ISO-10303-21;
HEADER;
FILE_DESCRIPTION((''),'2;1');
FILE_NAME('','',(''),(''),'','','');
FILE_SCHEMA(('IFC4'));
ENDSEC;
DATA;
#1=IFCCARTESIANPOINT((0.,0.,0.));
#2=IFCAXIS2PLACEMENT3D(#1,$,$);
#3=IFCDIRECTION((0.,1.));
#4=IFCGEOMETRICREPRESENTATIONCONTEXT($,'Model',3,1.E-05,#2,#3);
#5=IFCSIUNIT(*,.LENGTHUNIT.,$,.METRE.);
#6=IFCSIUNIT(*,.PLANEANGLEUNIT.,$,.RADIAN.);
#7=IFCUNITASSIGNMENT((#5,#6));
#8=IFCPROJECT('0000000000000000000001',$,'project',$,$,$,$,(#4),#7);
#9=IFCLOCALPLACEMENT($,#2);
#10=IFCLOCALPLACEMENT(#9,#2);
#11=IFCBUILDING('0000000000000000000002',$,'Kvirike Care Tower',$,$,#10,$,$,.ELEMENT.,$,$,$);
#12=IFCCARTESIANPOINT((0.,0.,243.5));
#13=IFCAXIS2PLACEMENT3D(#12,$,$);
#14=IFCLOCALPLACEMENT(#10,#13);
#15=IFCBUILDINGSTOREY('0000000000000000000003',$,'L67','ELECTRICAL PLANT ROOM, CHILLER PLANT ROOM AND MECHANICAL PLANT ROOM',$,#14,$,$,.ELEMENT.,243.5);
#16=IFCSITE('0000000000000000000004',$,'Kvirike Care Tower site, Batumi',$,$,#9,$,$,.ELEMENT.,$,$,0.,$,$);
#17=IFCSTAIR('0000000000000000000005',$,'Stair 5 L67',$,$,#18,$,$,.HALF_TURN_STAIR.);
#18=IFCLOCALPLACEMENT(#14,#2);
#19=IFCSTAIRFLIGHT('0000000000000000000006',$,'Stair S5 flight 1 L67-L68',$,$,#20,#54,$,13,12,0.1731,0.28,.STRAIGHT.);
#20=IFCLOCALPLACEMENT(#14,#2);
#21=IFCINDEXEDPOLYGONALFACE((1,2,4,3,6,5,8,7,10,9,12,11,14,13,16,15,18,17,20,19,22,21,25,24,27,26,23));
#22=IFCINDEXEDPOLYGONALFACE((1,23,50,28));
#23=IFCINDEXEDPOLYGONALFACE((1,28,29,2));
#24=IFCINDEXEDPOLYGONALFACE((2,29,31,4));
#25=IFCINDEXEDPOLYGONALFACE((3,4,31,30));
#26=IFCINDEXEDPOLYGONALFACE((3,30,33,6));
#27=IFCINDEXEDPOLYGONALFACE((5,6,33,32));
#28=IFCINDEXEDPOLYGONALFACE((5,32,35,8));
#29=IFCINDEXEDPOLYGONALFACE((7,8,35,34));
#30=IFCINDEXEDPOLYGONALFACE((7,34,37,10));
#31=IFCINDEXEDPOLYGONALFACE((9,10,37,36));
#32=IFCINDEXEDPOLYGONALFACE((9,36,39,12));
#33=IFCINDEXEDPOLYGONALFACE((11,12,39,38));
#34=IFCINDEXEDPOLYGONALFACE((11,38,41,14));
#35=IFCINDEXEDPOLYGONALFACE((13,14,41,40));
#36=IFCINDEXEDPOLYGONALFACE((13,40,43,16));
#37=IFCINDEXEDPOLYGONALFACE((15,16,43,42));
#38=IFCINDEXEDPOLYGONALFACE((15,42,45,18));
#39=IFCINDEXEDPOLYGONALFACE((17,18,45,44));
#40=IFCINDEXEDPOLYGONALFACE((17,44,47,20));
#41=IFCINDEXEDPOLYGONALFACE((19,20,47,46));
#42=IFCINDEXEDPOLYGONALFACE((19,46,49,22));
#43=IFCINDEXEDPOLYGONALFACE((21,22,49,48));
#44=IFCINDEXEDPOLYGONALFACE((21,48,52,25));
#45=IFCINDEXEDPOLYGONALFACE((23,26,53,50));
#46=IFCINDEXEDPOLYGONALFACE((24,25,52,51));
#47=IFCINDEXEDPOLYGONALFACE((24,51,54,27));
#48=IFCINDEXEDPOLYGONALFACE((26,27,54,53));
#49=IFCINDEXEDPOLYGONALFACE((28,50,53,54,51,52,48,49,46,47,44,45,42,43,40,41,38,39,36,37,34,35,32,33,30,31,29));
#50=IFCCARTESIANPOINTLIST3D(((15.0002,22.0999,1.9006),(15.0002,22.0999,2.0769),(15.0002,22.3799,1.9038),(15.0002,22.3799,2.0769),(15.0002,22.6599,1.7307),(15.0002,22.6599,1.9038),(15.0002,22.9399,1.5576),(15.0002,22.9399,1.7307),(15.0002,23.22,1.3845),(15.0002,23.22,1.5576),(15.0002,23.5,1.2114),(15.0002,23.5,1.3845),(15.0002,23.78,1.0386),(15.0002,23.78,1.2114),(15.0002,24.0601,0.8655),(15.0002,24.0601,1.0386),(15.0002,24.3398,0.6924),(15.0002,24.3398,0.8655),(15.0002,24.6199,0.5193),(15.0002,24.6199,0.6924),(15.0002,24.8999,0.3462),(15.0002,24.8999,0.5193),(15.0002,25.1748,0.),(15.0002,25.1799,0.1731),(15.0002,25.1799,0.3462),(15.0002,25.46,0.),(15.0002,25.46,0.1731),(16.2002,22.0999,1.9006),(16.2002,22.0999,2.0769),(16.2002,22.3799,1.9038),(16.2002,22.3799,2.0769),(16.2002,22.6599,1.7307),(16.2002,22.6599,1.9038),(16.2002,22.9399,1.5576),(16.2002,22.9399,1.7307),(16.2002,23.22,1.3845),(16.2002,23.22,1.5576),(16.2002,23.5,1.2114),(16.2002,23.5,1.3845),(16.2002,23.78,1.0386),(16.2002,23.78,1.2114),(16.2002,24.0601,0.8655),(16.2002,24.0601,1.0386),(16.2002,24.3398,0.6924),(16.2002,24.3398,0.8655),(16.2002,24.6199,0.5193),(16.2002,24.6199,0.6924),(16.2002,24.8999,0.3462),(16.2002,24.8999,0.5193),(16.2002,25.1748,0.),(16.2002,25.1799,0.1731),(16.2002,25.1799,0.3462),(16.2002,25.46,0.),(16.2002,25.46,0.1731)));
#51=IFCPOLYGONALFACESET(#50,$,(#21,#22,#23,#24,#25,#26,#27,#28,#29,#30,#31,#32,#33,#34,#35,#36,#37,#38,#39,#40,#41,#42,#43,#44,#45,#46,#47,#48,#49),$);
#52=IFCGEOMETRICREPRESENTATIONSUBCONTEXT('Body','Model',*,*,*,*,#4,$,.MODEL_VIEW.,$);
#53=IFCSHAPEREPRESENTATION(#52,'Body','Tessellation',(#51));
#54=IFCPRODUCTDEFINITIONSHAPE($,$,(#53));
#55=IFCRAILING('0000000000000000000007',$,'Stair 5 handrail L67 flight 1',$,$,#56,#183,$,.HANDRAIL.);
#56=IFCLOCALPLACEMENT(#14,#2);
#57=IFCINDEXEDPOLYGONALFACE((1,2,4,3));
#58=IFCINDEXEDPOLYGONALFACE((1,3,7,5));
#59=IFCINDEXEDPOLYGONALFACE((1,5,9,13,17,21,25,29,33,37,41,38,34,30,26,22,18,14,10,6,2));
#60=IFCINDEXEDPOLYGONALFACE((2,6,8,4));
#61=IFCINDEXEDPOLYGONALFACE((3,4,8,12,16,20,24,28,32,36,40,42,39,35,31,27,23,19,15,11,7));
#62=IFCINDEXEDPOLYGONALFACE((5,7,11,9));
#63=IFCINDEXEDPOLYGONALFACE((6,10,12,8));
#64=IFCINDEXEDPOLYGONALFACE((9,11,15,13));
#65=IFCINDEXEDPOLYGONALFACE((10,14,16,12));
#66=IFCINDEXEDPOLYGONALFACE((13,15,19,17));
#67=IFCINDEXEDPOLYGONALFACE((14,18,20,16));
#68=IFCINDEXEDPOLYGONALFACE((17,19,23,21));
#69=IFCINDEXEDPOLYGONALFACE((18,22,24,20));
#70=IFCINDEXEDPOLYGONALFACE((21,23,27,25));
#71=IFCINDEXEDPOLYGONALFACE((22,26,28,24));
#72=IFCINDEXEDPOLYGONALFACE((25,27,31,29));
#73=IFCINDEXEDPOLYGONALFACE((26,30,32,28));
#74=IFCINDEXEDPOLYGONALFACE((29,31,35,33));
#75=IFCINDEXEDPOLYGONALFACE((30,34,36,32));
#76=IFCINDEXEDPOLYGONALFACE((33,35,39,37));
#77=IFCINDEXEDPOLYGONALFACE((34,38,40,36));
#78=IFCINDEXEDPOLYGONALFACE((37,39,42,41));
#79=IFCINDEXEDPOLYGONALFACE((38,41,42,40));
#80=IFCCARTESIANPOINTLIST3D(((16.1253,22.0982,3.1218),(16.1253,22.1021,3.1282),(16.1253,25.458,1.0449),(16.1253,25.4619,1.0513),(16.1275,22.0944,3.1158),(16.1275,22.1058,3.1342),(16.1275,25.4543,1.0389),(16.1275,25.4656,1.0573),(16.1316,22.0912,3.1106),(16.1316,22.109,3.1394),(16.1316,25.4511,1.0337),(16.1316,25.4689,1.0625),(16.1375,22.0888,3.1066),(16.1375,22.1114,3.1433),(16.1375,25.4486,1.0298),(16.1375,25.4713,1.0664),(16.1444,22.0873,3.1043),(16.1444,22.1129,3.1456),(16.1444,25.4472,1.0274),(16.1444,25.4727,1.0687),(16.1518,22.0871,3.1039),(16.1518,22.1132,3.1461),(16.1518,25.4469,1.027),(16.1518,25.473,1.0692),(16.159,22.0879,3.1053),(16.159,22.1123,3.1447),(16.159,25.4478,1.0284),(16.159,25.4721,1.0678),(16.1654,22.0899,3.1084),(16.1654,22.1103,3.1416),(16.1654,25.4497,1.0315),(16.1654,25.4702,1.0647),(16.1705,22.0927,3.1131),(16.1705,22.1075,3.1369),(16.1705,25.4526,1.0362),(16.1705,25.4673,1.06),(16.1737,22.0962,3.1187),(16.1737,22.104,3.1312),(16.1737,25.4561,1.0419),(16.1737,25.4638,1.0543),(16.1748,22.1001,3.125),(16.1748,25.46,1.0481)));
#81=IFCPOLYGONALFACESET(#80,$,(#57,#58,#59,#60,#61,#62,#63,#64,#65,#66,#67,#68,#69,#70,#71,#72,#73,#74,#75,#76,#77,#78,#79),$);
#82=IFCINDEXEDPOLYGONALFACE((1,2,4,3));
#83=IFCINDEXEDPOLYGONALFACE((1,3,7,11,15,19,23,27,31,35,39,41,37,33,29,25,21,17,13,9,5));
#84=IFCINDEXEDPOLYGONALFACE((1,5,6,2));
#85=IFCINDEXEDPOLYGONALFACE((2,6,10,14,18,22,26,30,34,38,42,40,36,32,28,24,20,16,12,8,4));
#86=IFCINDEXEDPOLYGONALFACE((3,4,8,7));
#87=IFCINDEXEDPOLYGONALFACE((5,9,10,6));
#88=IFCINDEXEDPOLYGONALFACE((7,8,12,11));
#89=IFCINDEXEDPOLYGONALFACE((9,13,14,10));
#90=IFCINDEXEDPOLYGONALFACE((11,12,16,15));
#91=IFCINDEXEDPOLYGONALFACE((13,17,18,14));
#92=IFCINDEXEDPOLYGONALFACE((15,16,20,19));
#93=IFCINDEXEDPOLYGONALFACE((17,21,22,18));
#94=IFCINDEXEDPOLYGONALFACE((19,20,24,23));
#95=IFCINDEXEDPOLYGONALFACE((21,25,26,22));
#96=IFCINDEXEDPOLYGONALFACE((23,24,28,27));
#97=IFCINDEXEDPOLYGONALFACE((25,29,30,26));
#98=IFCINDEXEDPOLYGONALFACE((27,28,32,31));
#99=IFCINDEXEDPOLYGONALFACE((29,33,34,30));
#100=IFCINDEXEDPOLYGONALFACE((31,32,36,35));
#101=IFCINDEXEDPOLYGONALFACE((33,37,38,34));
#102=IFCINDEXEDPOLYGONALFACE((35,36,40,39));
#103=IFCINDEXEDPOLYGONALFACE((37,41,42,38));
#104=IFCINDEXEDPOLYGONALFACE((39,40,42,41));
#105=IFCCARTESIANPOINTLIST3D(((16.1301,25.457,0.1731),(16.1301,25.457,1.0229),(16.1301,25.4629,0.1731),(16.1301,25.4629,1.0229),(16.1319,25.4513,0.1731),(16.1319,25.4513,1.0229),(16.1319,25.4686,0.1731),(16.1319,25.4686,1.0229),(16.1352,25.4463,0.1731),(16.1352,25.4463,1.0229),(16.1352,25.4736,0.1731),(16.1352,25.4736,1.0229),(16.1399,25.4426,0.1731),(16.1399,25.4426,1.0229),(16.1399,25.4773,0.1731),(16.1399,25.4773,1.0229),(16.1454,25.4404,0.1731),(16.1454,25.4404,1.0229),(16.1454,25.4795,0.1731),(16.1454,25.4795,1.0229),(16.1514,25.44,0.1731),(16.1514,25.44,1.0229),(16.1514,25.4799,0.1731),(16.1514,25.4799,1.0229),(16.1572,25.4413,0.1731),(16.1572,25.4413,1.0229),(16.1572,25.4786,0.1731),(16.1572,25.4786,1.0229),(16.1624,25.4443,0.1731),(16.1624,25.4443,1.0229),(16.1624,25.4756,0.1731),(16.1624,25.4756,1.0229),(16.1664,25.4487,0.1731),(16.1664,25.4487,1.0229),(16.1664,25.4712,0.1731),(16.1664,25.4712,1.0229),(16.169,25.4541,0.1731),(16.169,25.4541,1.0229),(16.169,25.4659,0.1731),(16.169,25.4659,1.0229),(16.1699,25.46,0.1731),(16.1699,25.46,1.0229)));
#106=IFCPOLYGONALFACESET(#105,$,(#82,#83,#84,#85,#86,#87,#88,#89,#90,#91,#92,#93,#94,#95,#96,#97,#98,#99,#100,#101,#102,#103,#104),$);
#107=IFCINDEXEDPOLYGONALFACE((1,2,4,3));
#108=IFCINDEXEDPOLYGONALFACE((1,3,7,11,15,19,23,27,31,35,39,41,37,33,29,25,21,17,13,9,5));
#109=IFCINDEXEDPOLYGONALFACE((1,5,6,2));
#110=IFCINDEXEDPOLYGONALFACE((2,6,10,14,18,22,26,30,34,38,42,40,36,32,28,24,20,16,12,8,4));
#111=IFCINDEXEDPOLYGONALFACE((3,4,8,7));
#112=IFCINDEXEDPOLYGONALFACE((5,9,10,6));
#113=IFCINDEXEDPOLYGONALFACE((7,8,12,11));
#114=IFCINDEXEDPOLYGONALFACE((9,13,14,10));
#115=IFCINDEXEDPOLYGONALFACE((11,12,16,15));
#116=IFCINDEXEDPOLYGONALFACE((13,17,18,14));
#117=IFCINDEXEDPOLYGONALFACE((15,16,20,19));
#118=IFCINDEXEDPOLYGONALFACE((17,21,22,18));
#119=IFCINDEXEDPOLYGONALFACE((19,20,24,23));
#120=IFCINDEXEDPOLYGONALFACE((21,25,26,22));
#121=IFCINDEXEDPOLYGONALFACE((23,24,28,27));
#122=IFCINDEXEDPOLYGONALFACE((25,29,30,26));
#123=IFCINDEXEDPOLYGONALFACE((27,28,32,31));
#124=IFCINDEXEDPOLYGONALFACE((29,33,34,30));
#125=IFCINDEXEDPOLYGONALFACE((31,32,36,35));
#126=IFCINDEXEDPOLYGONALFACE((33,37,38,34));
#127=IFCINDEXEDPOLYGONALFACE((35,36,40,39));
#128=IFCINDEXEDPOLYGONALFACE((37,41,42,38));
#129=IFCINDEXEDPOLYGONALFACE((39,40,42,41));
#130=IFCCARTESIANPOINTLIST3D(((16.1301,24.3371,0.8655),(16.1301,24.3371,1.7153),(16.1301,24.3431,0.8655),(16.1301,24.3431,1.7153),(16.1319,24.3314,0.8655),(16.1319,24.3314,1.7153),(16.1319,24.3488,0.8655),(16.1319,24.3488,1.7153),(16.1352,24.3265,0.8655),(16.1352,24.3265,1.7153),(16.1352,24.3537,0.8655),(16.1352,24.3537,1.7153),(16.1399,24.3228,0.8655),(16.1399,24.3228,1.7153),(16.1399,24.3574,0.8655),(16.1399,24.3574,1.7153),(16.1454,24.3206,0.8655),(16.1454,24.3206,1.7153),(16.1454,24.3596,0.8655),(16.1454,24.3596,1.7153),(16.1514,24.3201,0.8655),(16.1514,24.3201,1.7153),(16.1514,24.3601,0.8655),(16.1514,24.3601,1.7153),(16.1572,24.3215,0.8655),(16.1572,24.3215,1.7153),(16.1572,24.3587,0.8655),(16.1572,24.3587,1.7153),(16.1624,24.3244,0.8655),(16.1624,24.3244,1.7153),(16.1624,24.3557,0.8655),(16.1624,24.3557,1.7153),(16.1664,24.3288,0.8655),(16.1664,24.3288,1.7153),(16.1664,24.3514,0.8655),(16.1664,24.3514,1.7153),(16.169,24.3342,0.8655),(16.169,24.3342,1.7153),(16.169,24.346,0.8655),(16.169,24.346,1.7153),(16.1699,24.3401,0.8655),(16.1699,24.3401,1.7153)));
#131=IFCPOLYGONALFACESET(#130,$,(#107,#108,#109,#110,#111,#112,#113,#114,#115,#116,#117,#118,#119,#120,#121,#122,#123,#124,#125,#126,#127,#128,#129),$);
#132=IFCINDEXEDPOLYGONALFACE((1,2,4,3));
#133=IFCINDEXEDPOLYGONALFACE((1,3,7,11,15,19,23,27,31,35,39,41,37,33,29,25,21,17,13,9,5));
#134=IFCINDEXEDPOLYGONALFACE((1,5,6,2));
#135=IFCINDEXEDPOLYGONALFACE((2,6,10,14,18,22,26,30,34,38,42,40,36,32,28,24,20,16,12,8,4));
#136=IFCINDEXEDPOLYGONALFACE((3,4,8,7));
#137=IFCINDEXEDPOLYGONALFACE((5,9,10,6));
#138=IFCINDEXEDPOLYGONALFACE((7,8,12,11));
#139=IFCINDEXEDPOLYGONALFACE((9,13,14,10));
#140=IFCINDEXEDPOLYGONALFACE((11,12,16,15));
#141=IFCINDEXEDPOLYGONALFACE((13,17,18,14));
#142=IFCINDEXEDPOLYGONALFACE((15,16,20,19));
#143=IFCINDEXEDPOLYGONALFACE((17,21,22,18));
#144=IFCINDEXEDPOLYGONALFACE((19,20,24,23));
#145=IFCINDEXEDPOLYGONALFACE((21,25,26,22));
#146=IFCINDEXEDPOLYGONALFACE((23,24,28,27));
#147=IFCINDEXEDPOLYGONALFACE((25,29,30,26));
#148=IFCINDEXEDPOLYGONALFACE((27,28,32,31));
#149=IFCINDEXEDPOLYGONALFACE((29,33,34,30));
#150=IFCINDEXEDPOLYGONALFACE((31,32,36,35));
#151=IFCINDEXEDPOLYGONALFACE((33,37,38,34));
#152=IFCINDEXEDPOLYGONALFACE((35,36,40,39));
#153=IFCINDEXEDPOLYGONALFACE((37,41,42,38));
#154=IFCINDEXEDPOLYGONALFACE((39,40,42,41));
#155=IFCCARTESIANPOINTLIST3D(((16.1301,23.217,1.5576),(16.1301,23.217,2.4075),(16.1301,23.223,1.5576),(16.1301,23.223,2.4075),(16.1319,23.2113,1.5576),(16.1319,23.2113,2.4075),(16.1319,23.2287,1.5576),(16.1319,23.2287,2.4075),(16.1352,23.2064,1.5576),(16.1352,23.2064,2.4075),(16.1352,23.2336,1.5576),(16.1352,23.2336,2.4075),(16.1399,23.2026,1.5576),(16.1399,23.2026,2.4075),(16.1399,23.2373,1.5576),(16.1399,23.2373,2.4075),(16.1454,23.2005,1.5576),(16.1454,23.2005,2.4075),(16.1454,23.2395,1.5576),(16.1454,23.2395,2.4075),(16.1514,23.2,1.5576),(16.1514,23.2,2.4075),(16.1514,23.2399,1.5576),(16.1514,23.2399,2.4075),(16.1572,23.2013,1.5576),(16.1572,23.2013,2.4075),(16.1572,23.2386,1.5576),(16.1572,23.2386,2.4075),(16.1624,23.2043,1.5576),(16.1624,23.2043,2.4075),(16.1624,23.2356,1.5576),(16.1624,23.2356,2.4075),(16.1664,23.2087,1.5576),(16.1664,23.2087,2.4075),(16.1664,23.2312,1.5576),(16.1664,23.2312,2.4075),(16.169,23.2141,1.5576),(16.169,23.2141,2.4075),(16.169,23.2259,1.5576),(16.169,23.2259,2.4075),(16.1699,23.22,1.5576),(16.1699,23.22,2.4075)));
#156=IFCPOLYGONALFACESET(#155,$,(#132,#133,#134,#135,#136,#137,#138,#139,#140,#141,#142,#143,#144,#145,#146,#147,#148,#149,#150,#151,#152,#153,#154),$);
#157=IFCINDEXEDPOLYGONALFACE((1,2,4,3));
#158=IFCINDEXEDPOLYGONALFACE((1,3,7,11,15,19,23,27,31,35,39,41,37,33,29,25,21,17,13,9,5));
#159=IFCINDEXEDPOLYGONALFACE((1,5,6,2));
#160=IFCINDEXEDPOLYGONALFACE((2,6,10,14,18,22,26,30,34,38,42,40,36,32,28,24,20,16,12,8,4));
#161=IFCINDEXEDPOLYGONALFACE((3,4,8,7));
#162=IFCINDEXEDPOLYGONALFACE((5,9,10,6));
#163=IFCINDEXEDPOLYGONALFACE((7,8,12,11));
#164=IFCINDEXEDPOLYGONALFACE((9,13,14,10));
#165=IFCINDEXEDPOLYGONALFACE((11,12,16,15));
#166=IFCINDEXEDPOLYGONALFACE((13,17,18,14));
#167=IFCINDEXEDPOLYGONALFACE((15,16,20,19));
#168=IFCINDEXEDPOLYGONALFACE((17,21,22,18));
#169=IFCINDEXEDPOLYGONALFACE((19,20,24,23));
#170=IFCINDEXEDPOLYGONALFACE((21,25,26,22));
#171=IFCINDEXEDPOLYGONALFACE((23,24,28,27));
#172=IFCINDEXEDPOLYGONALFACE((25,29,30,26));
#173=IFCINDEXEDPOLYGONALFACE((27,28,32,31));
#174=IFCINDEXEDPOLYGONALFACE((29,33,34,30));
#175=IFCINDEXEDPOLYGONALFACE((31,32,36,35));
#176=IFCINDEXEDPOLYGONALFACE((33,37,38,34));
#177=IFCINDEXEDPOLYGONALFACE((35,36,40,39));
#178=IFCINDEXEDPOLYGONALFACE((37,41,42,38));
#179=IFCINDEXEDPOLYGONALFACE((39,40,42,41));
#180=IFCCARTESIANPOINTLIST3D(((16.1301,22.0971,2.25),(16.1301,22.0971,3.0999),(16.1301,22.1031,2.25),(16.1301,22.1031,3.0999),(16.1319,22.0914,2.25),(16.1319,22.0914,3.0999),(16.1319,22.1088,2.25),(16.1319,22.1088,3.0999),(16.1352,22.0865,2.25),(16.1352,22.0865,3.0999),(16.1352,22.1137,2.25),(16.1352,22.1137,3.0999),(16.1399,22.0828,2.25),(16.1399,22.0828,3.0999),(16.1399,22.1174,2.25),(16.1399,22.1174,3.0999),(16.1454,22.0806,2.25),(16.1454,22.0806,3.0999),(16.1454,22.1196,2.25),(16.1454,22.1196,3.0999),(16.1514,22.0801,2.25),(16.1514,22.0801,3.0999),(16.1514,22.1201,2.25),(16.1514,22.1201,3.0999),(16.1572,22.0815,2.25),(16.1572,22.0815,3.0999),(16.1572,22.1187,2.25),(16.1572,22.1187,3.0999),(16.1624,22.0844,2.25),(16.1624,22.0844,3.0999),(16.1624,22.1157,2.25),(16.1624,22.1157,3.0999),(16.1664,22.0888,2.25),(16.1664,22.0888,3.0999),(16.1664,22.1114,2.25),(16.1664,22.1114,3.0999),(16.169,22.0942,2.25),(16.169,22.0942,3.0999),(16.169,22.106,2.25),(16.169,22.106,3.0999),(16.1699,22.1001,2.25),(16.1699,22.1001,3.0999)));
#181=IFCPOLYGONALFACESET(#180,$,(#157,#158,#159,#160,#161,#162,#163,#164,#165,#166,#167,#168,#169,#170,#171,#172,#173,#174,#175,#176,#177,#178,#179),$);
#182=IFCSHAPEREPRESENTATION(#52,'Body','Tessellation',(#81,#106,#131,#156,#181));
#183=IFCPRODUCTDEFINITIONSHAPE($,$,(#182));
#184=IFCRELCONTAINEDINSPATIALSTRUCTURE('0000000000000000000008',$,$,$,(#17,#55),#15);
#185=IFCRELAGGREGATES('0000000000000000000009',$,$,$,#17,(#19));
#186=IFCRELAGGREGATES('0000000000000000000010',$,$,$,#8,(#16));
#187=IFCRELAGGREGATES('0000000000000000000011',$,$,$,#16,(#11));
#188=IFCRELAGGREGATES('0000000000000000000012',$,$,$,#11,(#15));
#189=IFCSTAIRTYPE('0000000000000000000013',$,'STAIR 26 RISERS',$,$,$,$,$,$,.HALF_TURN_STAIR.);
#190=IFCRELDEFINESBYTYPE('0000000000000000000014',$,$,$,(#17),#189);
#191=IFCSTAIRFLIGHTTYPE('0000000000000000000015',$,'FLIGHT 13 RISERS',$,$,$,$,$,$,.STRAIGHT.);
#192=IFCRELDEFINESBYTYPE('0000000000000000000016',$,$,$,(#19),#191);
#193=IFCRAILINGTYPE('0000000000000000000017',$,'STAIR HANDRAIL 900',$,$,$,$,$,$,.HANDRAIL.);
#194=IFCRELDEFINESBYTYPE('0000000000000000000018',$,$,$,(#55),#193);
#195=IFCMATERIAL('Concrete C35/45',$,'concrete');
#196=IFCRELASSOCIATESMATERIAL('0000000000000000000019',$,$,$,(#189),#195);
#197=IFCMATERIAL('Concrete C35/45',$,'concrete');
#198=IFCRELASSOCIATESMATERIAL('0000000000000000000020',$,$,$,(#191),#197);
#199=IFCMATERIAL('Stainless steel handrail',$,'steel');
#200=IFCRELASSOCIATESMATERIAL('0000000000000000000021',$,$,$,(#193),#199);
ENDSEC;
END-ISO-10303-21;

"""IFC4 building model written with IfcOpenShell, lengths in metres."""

from ifc_helpers import new_model, si_unit, direction, frame, origin, origin_2d, place, context, subcontext, project, spatial, polyline, circle, outline, extrude, material, type_object, element, aggregate, save


model = new_model("IFC4")

# Units and contexts
model_context = context("Model", 3, precision=1e-05, world=origin(), true_north=direction((0.0, 1.0)))
body_context = subcontext(model_context, "Body", "Model", "MODEL_VIEW")
ifc_project = project(units=[si_unit("LENGTHUNIT", "METRE"), si_unit("PLANEANGLEUNIT", "RADIAN")], contexts=[model_context])

# Site, building, storey
site_placement = place(None, origin())
site = spatial("IfcSite", under=ifc_project, at=site_placement, Name="Kvirike Care Tower site, Batumi", CompositionType="ELEMENT", RefElevation=0.0)
building_placement = place(site_placement, origin())
building = spatial("IfcBuilding", under=site, at=building_placement, Name="Kvirike Care Tower", CompositionType="ELEMENT")
storey_placement = place(building_placement, frame((0.0, 0.0, 243.5)))
storey = spatial("IfcBuildingStorey", under=building, at=storey_placement, Name="L67", Description="ELECTRICAL PLANT ROOM, CHILLER PLANT ROOM AND MECHANICAL PLANT ROOM", CompositionType="ELEMENT", Elevation=243.5)

# Stair, stair flight
ifc_material_1 = material(Name="Concrete C35/45", Category="concrete")
stair_type = type_object("IfcStairType", Name="STAIR 26 RISERS", PredefinedType="HALF_TURN_STAIR", material=ifc_material_1)
stair_placement = place(storey_placement, origin())
stair = element("IfcStair", 1, at=stair_placement, inside=storey, type_object=stair_type, Name="Stair 5 L67", PredefinedType="HALF_TURN_STAIR")
ifc_material_2 = material(Name="Concrete C35/45", Category="concrete")
stair_flight_type = type_object("IfcStairFlightType", Name="FLIGHT 13 RISERS", PredefinedType="STRAIGHT", material=ifc_material_2)
stair_flight_placement = place(storey_placement, frame((15.6001, 25.46, 0.0), z_axis=(0.0, 0.0, 1.0), x_axis=(0.0, -1.0, 0.0)))
stair_flight = element("IfcStairFlight", 2, at=stair_flight_placement, type_object=stair_flight_type, Name="Stair S5 flight 1 L67-L68", NumberOfRisers=13, NumberOfTreads=12, PredefinedType="STRAIGHT", RiserHeight=0.1731, TreadLength=0.28, context=body_context, shape_type="SweptSolid", body=[
    extrude(outline(polyline([(0.0, 0.0), (0.0, 0.1731), (0.28, 0.1731), (0.28, 0.3462), (0.5601, 0.3462), (0.5601, 0.5193), (0.8401, 0.5193), (0.8401, 0.6924), (1.1201, 0.6924), (1.1201, 0.8655), (1.3999, 0.8655), (1.3999, 1.0386), (1.6799, 1.0386), (1.6799, 1.2114), (1.96, 1.2114), (1.96, 1.3845), (2.24, 1.3845), (2.24, 1.5576), (2.52, 1.5576), (2.52, 1.7307), (2.8, 1.7307), (2.8, 1.9038), (3.0801, 1.9038), (3.0801, 2.0769), (3.3601, 2.0769), (3.3601, 2.25), (3.3601, 1.9006), (0.2852, 0.0), (0.0, 0.0)])), frame((0.0, 0.6001, 0.0), z_axis=(0.0, -1.0, 0.0), x_axis=(1.0, 0.0, 0.0)), (0.0, 0.0, 1.0), 1.2),
])
aggregate(stair, [stair_flight])

# Railing
ifc_material_3 = material(Name="Stainless steel handrail", Category="steel")
railing_type = type_object("IfcRailingType", Name="STAIR HANDRAIL 900", PredefinedType="HANDRAIL", material=ifc_material_3)
railing_placement = place(storey_placement, frame((16.1499, 25.46, 0.1731)))
element("IfcRailing", 3, at=railing_placement, inside=storey, type_object=railing_type, Name="Stair 5 handrail L67 flight 1", PredefinedType="HANDRAIL", context=body_context, shape_type="SweptSolid", body=[
    extrude(circle(Radius=0.0249, at=origin_2d()), frame((0.0, 0.0, 0.875), z_axis=(0.0, -0.850606, 0.525803), x_axis=(1.0, 0.0, 0.0)), (0.0, 0.0, 1.0), 3.95),
    extrude(circle(Radius=0.02, at=origin_2d()), origin(), (0.0, 0.0, 1.0), 0.8499),
    extrude(circle(Radius=0.02, at=origin_2d()), frame((0.0, -1.1199, 0.6924)), (0.0, 0.0, 1.0), 0.8499),
    extrude(circle(Radius=0.02, at=origin_2d()), frame((0.0, -2.24, 1.3845)), (0.0, 0.0, 1.0), 0.8499),
    extrude(circle(Radius=0.02, at=origin_2d()), frame((0.0, -3.3599, 2.0769)), (0.0, 0.0, 1.0), 0.8499),
])

save(model, "model.ifc")
